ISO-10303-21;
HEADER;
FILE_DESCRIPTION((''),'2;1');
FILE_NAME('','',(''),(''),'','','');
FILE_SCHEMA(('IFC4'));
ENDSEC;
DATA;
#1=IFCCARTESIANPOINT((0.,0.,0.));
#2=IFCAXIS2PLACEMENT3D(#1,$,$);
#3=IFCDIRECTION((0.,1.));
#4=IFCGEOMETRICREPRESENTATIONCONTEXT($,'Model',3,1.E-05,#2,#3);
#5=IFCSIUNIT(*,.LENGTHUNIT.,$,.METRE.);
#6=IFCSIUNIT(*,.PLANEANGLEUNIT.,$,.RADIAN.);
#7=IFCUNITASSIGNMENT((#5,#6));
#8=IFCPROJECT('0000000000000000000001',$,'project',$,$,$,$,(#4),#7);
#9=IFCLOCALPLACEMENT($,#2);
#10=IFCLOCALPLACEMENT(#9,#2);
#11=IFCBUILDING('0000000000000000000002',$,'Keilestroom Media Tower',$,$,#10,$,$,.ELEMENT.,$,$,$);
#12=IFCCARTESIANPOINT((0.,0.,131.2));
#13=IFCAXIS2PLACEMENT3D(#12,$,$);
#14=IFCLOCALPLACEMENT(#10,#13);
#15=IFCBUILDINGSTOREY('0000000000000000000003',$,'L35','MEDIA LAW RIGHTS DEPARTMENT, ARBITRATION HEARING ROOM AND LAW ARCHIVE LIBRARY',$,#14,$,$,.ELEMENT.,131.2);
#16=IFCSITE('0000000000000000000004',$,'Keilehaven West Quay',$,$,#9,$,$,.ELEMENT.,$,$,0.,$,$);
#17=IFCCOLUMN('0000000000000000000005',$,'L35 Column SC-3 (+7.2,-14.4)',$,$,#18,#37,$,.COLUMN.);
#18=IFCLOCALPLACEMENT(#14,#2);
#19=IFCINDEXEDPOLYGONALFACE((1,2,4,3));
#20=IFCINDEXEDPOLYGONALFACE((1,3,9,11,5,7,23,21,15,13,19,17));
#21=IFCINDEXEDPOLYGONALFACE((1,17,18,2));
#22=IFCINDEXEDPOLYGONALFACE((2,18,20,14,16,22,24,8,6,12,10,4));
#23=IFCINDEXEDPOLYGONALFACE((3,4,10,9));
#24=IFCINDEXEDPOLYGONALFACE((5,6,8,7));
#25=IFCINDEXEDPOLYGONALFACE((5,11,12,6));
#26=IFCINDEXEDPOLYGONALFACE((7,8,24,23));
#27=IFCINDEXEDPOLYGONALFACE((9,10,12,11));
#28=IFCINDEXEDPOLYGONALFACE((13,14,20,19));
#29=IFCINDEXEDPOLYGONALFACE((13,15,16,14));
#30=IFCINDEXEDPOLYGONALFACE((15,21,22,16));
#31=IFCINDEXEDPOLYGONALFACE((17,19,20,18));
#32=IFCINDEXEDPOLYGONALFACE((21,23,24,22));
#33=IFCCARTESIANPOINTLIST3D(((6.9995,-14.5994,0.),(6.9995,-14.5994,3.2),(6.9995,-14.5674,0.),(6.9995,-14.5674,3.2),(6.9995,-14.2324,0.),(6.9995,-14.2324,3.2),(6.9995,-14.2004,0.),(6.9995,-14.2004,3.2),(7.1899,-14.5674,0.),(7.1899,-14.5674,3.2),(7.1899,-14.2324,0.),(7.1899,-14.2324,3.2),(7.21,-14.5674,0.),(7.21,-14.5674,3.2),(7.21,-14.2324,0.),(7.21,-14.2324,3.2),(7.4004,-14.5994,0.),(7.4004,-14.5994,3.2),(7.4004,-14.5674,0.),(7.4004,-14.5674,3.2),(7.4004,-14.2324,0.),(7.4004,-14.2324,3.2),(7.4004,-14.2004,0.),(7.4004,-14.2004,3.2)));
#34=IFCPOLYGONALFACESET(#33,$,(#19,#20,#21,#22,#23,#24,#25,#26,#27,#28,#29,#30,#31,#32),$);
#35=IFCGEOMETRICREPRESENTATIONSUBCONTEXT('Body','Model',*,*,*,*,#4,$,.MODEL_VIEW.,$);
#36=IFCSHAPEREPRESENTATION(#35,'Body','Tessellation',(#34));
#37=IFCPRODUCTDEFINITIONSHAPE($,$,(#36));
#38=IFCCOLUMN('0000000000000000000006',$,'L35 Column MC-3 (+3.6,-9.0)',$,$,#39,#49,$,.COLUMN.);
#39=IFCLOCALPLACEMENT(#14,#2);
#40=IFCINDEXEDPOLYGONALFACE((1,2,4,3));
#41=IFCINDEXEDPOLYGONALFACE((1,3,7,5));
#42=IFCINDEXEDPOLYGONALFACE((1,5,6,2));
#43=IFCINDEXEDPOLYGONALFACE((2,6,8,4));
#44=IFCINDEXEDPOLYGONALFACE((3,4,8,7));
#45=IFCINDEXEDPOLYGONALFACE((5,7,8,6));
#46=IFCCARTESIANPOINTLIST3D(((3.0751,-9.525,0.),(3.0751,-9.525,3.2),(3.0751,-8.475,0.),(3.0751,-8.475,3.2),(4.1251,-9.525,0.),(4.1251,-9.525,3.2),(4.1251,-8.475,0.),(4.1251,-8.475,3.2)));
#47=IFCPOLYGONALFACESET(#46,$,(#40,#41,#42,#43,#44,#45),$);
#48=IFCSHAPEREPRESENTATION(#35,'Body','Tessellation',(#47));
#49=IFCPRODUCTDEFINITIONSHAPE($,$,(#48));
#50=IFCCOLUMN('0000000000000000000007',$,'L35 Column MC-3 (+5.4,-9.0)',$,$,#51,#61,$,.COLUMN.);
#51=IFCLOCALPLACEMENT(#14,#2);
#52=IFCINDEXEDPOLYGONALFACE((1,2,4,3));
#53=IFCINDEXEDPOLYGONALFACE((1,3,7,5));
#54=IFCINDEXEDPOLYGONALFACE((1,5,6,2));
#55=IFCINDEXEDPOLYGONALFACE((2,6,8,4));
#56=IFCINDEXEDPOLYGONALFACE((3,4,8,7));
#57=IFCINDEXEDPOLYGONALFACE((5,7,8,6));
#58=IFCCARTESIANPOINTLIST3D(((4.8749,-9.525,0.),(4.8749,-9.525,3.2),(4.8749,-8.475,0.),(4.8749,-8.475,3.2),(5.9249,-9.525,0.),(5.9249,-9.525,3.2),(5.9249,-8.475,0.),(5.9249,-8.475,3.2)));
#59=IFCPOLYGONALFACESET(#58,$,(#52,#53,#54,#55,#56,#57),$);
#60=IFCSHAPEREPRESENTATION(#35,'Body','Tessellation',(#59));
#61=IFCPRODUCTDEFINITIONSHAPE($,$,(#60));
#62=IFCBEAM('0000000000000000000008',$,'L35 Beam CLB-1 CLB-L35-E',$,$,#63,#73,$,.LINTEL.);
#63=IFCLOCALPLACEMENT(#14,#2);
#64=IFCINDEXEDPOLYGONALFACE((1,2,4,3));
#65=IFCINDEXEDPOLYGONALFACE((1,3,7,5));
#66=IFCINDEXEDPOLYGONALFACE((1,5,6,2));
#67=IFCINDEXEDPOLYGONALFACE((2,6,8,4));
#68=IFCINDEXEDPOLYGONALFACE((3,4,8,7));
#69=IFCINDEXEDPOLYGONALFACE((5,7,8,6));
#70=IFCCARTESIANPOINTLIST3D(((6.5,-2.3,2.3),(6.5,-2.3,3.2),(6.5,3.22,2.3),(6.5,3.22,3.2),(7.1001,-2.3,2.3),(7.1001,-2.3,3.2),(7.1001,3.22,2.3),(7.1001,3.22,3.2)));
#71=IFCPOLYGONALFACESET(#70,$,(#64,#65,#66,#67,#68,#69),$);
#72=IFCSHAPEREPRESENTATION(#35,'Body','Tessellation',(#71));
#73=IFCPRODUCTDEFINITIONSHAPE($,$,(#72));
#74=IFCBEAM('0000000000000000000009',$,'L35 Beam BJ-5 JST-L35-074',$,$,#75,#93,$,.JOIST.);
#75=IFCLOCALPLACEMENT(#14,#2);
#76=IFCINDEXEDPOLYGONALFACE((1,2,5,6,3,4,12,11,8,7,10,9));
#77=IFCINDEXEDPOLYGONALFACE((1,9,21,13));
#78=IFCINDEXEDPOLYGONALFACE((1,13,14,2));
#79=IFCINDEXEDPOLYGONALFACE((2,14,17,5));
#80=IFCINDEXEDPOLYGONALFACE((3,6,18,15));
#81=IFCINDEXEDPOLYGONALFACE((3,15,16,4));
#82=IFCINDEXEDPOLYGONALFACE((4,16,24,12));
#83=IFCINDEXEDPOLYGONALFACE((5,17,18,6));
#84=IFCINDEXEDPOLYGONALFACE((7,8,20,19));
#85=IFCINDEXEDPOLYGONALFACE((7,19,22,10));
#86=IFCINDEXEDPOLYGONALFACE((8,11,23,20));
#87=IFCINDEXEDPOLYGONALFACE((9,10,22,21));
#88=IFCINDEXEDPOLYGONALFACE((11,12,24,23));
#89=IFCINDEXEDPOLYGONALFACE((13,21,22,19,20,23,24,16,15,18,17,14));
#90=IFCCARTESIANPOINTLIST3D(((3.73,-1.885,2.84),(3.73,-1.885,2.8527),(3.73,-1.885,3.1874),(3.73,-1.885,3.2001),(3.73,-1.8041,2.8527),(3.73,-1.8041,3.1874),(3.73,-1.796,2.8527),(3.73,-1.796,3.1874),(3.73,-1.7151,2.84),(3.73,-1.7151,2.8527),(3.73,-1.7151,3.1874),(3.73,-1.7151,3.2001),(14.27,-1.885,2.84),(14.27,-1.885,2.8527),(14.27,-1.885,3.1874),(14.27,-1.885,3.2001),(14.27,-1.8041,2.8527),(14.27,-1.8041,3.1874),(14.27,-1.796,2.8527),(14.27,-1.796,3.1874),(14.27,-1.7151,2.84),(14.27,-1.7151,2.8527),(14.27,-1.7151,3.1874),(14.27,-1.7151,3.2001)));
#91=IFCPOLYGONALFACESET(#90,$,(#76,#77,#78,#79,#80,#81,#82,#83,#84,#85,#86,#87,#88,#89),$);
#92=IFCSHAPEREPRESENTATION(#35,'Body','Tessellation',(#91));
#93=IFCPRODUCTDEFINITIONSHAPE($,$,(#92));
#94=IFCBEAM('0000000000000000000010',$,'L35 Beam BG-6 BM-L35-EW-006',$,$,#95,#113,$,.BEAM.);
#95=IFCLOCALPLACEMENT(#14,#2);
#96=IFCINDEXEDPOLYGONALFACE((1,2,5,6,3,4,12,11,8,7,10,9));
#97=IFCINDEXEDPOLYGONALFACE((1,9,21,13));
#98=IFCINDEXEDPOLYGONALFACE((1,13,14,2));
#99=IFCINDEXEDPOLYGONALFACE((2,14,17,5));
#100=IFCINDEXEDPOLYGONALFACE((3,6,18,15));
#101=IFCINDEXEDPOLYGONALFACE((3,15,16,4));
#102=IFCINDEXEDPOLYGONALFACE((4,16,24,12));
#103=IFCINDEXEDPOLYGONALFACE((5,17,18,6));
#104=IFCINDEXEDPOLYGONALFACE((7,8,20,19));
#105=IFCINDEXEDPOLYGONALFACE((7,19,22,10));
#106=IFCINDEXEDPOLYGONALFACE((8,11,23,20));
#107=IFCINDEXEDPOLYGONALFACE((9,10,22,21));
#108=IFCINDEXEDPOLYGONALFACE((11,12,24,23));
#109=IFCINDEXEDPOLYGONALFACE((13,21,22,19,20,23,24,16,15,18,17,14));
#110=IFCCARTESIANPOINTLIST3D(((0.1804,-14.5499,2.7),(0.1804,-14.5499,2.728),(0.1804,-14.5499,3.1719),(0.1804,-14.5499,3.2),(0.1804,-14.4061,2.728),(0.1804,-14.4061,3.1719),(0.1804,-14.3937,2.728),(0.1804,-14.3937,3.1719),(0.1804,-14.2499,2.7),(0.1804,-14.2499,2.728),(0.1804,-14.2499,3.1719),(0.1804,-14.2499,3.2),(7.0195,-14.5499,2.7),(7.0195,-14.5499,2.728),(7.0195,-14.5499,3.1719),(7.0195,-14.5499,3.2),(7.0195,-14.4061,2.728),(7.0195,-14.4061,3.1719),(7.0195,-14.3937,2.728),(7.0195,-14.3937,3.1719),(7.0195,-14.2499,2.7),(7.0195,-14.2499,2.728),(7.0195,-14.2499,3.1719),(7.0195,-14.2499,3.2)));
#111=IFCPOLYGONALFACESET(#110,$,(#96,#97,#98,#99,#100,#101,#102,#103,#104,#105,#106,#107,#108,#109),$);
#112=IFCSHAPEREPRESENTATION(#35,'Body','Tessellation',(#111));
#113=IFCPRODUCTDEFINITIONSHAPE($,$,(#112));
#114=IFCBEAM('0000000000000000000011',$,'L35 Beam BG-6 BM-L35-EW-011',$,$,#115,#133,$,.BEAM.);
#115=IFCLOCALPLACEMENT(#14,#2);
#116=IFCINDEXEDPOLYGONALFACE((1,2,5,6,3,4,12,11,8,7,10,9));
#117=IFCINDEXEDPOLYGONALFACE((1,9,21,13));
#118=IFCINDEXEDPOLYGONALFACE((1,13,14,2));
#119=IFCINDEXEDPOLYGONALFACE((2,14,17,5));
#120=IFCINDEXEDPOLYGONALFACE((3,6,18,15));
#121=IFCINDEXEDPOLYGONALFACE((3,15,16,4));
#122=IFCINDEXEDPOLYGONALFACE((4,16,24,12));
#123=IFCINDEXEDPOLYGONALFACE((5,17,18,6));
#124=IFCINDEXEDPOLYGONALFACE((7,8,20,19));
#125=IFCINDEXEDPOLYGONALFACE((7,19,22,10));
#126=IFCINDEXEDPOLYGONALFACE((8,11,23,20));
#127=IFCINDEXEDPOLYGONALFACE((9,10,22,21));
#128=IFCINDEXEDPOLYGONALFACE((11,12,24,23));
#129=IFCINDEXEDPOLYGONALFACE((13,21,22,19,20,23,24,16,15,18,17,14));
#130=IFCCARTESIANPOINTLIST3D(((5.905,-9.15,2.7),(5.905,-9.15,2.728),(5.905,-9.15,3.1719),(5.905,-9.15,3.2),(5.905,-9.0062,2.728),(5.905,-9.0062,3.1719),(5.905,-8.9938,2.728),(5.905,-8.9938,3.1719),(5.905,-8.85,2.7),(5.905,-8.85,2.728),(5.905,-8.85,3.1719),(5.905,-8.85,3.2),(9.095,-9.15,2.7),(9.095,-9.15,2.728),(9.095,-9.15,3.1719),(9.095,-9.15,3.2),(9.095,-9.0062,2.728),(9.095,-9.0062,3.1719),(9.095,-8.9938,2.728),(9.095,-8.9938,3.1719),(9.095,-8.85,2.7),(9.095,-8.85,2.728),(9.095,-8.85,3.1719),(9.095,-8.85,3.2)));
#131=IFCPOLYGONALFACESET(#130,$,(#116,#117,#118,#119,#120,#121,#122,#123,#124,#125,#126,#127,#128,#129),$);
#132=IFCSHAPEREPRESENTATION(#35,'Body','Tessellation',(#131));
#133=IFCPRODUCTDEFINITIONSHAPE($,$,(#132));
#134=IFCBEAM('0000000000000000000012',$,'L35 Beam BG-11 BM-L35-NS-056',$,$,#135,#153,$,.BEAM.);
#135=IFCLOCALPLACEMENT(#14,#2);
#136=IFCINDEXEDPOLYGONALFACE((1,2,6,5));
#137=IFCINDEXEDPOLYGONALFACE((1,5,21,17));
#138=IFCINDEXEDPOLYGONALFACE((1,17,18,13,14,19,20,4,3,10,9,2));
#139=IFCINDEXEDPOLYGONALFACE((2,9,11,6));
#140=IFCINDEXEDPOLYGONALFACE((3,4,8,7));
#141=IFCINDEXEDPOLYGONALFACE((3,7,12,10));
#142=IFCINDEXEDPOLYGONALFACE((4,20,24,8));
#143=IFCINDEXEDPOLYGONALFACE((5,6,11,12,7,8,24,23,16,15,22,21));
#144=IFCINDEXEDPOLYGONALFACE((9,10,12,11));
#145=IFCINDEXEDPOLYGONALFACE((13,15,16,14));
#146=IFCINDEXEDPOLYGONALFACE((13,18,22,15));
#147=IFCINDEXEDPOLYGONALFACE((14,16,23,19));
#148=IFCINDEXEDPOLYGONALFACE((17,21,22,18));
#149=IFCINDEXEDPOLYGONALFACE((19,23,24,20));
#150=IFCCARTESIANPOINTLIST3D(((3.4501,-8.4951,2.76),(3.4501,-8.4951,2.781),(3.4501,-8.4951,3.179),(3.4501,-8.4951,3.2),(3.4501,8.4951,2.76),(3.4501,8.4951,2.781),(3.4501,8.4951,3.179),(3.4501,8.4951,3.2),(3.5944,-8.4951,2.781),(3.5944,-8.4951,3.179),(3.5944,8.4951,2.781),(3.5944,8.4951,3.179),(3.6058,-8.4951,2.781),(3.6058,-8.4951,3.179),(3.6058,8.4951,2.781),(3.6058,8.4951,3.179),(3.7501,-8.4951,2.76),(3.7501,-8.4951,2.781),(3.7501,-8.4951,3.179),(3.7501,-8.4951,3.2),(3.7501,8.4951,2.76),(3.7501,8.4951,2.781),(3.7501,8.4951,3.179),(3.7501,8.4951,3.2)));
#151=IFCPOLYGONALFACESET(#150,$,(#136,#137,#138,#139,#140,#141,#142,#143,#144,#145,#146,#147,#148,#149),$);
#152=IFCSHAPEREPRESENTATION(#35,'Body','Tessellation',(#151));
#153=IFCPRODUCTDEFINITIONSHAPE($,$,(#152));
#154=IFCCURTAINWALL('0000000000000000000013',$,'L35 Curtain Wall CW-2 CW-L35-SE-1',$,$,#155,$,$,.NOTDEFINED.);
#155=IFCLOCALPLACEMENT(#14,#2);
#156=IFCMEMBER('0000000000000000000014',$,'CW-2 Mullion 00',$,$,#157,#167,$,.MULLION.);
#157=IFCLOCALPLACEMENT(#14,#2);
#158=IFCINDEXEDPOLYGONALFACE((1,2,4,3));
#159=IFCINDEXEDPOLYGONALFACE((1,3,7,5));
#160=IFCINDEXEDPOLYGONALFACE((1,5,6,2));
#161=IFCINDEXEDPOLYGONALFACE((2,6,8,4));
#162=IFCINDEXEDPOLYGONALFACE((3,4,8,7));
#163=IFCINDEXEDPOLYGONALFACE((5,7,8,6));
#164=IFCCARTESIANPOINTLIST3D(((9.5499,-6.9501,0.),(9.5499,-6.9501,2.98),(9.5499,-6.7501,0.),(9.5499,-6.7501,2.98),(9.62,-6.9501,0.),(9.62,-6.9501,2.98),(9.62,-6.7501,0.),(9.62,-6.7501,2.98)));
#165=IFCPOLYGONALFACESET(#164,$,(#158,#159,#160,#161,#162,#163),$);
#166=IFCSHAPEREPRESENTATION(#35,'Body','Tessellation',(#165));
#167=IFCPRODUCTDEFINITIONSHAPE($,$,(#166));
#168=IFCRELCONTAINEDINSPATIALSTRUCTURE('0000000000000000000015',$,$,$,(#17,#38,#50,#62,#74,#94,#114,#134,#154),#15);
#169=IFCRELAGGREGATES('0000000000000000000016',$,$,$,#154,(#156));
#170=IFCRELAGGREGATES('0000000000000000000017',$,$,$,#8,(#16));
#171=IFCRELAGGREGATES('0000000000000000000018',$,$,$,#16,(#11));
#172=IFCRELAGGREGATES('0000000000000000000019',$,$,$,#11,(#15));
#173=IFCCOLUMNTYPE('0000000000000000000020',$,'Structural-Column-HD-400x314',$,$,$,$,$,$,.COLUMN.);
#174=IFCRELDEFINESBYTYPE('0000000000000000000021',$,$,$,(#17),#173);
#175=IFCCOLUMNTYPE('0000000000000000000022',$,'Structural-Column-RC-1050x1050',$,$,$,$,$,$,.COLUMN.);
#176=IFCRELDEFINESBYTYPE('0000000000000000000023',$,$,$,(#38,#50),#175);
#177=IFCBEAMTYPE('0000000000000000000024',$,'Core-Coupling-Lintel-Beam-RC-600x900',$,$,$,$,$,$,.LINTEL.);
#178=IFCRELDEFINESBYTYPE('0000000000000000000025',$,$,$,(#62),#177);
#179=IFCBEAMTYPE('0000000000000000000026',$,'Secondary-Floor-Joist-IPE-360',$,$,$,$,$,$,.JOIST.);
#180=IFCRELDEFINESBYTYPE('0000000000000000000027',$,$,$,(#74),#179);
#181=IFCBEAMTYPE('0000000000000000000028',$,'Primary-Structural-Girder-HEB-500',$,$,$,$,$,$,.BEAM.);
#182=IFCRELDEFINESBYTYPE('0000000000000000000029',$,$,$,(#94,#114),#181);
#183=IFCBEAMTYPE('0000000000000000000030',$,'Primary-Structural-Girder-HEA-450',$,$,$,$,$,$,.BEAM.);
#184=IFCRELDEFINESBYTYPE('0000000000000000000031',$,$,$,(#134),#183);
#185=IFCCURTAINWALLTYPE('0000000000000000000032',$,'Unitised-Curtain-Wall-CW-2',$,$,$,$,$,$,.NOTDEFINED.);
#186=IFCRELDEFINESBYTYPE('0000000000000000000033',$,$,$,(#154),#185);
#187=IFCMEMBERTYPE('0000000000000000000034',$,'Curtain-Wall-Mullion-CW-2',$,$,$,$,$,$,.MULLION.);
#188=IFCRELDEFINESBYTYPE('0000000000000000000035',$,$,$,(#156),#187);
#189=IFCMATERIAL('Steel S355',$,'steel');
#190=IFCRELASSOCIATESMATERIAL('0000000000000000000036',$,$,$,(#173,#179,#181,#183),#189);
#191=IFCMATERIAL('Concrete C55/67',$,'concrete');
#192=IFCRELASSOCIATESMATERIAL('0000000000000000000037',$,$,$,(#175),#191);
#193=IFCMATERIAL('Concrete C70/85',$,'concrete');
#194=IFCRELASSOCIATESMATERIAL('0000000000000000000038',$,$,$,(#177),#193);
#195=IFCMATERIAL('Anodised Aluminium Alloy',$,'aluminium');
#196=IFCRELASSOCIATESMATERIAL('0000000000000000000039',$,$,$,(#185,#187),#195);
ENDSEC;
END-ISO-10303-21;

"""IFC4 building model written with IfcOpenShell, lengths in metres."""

from ifc_helpers import new_model, si_unit, direction, frame, origin, origin_2d, place, context, subcontext, project, spatial, rectangle, i_section, extrude, source, transform, mapped, material, material_profile, profile_set, type_object, element, aggregate, save


model = new_model("IFC4")

# Units and contexts
model_context = context("Model", 3, precision=1e-05, world=origin(), true_north=direction((0.0, 1.0)))
body_context = subcontext(model_context, "Body", "Model", "MODEL_VIEW")
ifc_project = project(units=[si_unit("LENGTHUNIT", "METRE"), si_unit("PLANEANGLEUNIT", "RADIAN")], contexts=[model_context])

# Site, building, storey
site_placement = place(None, origin())
site = spatial("IfcSite", under=ifc_project, at=site_placement, Name="Keilehaven West Quay", CompositionType="ELEMENT", RefElevation=0.0)
building_placement = place(site_placement, origin())
building = spatial("IfcBuilding", under=site, at=building_placement, Name="Keilestroom Media Tower", CompositionType="ELEMENT")
storey_placement = place(building_placement, frame((0.0, 0.0, 131.2)))
storey = spatial("IfcBuildingStorey", under=building, at=storey_placement, Name="L35", Description="MEDIA LAW RIGHTS DEPARTMENT, ARBITRATION HEARING ROOM AND LAW ARCHIVE LIBRARY", CompositionType="ELEMENT", Elevation=131.2)

# Columns
ifc_material_1 = material(Name="Steel S355", Category="steel")
ifc_material_profile_1 = material_profile(ifc_material_1, i_section(OverallWidth=0.4009, OverallDepth=0.3989, WebThickness=0.02, FlangeThickness=0.032, at=origin_2d()), Name="HD 400x314")
ifc_profile_set_1 = profile_set([ifc_material_profile_1], Name="Steel S355")
column_type_1 = type_object("IfcColumnType", Name="Structural-Column-HD-400x314", PredefinedType="COLUMN", material=ifc_profile_set_1)
shared_shape_1 = source(origin(), body_context, "Body", "SweptSolid", [
    extrude(i_section(OverallWidth=0.4009, OverallDepth=0.3989, WebThickness=0.02, FlangeThickness=0.032, at=origin_2d()), origin(), (0.0, 0.0, 1.0), 3.2),
])
column_placement = place(storey_placement, frame((7.2, -14.3999, 0.0), z_axis=(0.0, 0.0, 1.0), x_axis=(1.0, 0.0, 0.0)))
element("IfcColumn", 1, at=column_placement, inside=storey, type_object=column_type_1, Name="L35 Column SC-3 (+7.2,-14.4)", PredefinedType="COLUMN", context=body_context, shape_type="MappedRepresentation", body=[
    mapped(shared_shape_1, transform((0.0, 0.0, 0.0), x_axis=(1.0, 0.0, 0.0), y_axis=(0.0, 1.0, 0.0), z_axis=(0.0, 0.0, 1.0), scale=1.0)),
])
ifc_material_2 = material(Name="Concrete C55/67", Category="concrete")
ifc_material_profile_2 = material_profile(ifc_material_2, rectangle(XDim=1.05, YDim=1.05, at=origin_2d()), Name="RC 1050x1050")
ifc_profile_set_2 = profile_set([ifc_material_profile_2], Name="Concrete C55/67")
column_type_2 = type_object("IfcColumnType", Name="Structural-Column-RC-1050x1050", PredefinedType="COLUMN", material=ifc_profile_set_2)
shared_shape_2 = source(origin(), body_context, "Body", "SweptSolid", [
    extrude(rectangle(XDim=1.05, YDim=1.05, at=origin_2d()), origin(), (0.0, 0.0, 1.0), 3.2),
])
for number, where, z_axis, x_axis, name in (
    (2, (3.6001, -9.0, 0.0), (0.0, 0.0, 1.0), (1.0, 0.0, 0.0), "L35 Column MC-3 (+3.6,-9.0)"),
    (3, (5.3999, -9.0, 0.0), (0.0, 0.0, 1.0), (1.0, 0.0, 0.0), "L35 Column MC-3 (+5.4,-9.0)"),
):
    element("IfcColumn", number, at=place(storey_placement, frame(where, z_axis=z_axis, x_axis=x_axis)), inside=storey, type_object=column_type_2, Name=name, PredefinedType="COLUMN", context=body_context, shape_type="MappedRepresentation", body=[
        mapped(shared_shape_2, transform((0.0, 0.0, 0.0), x_axis=(1.0, 0.0, 0.0), y_axis=(0.0, 1.0, 0.0), z_axis=(0.0, 0.0, 1.0), scale=1.0)),
    ])

# Beams
ifc_material_3 = material(Name="Concrete C70/85", Category="concrete")
ifc_material_profile_3 = material_profile(ifc_material_3, rectangle(XDim=0.6001, YDim=0.8999, at=origin_2d()), Name="RC 600x900")
ifc_profile_set_3 = profile_set([ifc_material_profile_3], Name="Concrete C70/85")
beam_type_1 = type_object("IfcBeamType", Name="Core-Coupling-Lintel-Beam-RC-600x900", PredefinedType="LINTEL", material=ifc_profile_set_3)
shared_shape_3 = source(origin(), body_context, "Body", "SweptSolid", [
    extrude(rectangle(XDim=0.6001, YDim=0.8999, at=origin_2d()), origin(), (0.0, 0.0, 1.0), 5.52),
])
beam_1_placement = place(storey_placement, frame((6.8, -2.3, 2.75), z_axis=(0.0, 1.0, 0.0), x_axis=(-1.0, 0.0, 0.0)))
element("IfcBeam", 4, at=beam_1_placement, inside=storey, type_object=beam_type_1, Name="L35 Beam CLB-1 CLB-L35-E", PredefinedType="LINTEL", context=body_context, shape_type="MappedRepresentation", body=[
    mapped(shared_shape_3, transform((0.0, 0.0, 0.0), x_axis=(1.0, 0.0, 0.0), y_axis=(0.0, 1.0, 0.0), z_axis=(0.0, 0.0, 1.0), scale=1.0)),
])
ifc_material_profile_4 = material_profile(ifc_material_1, i_section(OverallWidth=0.1699, OverallDepth=0.3601, WebThickness=0.0081, FlangeThickness=0.0127, at=origin_2d()), Name="IPE 360")
ifc_profile_set_4 = profile_set([ifc_material_profile_4], Name="Steel S355")
beam_type_2 = type_object("IfcBeamType", Name="Secondary-Floor-Joist-IPE-360", PredefinedType="JOIST", material=ifc_profile_set_4)
shared_shape_4 = source(origin(), body_context, "Body", "SweptSolid", [
    extrude(i_section(OverallWidth=0.1699, OverallDepth=0.3601, WebThickness=0.0081, FlangeThickness=0.0127, at=origin_2d()), origin(), (0.0, 0.0, 1.0), 10.54),
])
beam_2_placement = place(storey_placement, frame((3.73, -1.8, 3.02), z_axis=(1.0, 0.0, 0.0), x_axis=(0.0, 1.0, 0.0)))
element("IfcBeam", 5, at=beam_2_placement, inside=storey, type_object=beam_type_2, Name="L35 Beam BJ-5 JST-L35-074", PredefinedType="JOIST", context=body_context, shape_type="MappedRepresentation", body=[
    mapped(shared_shape_4, transform((0.0, 0.0, 0.0), x_axis=(1.0, 0.0, 0.0), y_axis=(0.0, 1.0, 0.0), z_axis=(0.0, 0.0, 1.0), scale=1.0)),
])
ifc_material_profile_5 = material_profile(ifc_material_1, i_section(OverallWidth=0.3, OverallDepth=0.5, WebThickness=0.0125, FlangeThickness=0.0281, at=origin_2d()), Name="HEB 500")
ifc_profile_set_5 = profile_set([ifc_material_profile_5], Name="Steel S355")
beam_type_3 = type_object("IfcBeamType", Name="Primary-Structural-Girder-HEB-500", PredefinedType="BEAM", material=ifc_profile_set_5)
shared_shape_5 = source(origin(), body_context, "Body", "SweptSolid", [
    extrude(i_section(OverallWidth=0.3, OverallDepth=0.5, WebThickness=0.0125, FlangeThickness=0.0281, at=origin_2d()), origin(), (0.0, 0.0, 1.0), 6.8391),
])
beam_3_placement = place(storey_placement, frame((0.1804, -14.3999, 2.95), z_axis=(1.0, 0.0, 0.0), x_axis=(0.0, 1.0, 0.0)))
element("IfcBeam", 6, at=beam_3_placement, inside=storey, type_object=beam_type_3, Name="L35 Beam BG-6 BM-L35-EW-006", PredefinedType="BEAM", context=body_context, shape_type="MappedRepresentation", body=[
    mapped(shared_shape_5, transform((0.0, 0.0, 0.0), x_axis=(1.0, 0.0, 0.0), y_axis=(0.0, 1.0, 0.0), z_axis=(0.0, 0.0, 1.0), scale=1.0)),
])
shared_shape_6 = source(origin(), body_context, "Body", "SweptSolid", [
    extrude(i_section(OverallWidth=0.3, OverallDepth=0.5, WebThickness=0.0125, FlangeThickness=0.0281, at=origin_2d()), origin(), (0.0, 0.0, 1.0), 3.1899),
])
beam_4_placement = place(storey_placement, frame((5.905, -9.0, 2.95), z_axis=(1.0, 0.0, 0.0), x_axis=(0.0, 1.0, 0.0)))
element("IfcBeam", 7, at=beam_4_placement, inside=storey, type_object=beam_type_3, Name="L35 Beam BG-6 BM-L35-EW-011", PredefinedType="BEAM", context=body_context, shape_type="MappedRepresentation", body=[
    mapped(shared_shape_6, transform((0.0, 0.0, 0.0), x_axis=(1.0, 0.0, 0.0), y_axis=(0.0, 1.0, 0.0), z_axis=(0.0, 0.0, 1.0), scale=1.0)),
])
ifc_material_profile_6 = material_profile(ifc_material_1, i_section(OverallWidth=0.3, OverallDepth=0.4399, WebThickness=0.0115, FlangeThickness=0.021, at=origin_2d()), Name="HEA 450")
ifc_profile_set_6 = profile_set([ifc_material_profile_6], Name="Steel S355")
beam_type_4 = type_object("IfcBeamType", Name="Primary-Structural-Girder-HEA-450", PredefinedType="BEAM", material=ifc_profile_set_6)
shared_shape_7 = source(origin(), body_context, "Body", "SweptSolid", [
    extrude(i_section(OverallWidth=0.3, OverallDepth=0.4399, WebThickness=0.0115, FlangeThickness=0.021, at=origin_2d()), origin(), (0.0, 0.0, 1.0), 16.9902),
])
beam_5_placement = place(storey_placement, frame((3.6001, -8.4951, 2.98), z_axis=(0.0, 1.0, 0.0), x_axis=(-1.0, 0.0, 0.0)))
element("IfcBeam", 8, at=beam_5_placement, inside=storey, type_object=beam_type_4, Name="L35 Beam BG-11 BM-L35-NS-056", PredefinedType="BEAM", context=body_context, shape_type="MappedRepresentation", body=[
    mapped(shared_shape_7, transform((0.0, 0.0, 0.0), x_axis=(1.0, 0.0, 0.0), y_axis=(0.0, 1.0, 0.0), z_axis=(0.0, 0.0, 1.0), scale=1.0)),
])

# Curtain wall, member
ifc_material_4 = material(Name="Anodised Aluminium Alloy", Category="aluminium")
curtain_wall_type = type_object("IfcCurtainWallType", Name="Unitised-Curtain-Wall-CW-2", PredefinedType="NOTDEFINED", material=ifc_material_4)
curtain_wall_placement = place(storey_placement, origin())
curtain_wall = element("IfcCurtainWall", 9, at=curtain_wall_placement, inside=storey, type_object=curtain_wall_type, Name="L35 Curtain Wall CW-2 CW-L35-SE-1", PredefinedType="NOTDEFINED")
ifc_material_profile_7 = material_profile(ifc_material_4, rectangle(XDim=0.0701, YDim=0.2, at=origin_2d()), Name="ALU MULLION 70x200")
ifc_profile_set_7 = profile_set([ifc_material_profile_7], Name="Anodised Aluminium Alloy")
member_type = type_object("IfcMemberType", Name="Curtain-Wall-Mullion-CW-2", PredefinedType="MULLION", material=ifc_profile_set_7)
shared_shape_8 = source(origin(), body_context, "Body", "SweptSolid", [
    extrude(rectangle(XDim=0.0701, YDim=0.2, at=origin_2d()), origin(), (0.0, 0.0, 1.0), 2.98),
])
member_placement = place(storey_placement, frame((9.585, -6.8501, 0.0), z_axis=(0.0, 0.0, 1.0), x_axis=(1.0, 0.0, 0.0)))
member = element("IfcMember", 10, at=member_placement, type_object=member_type, Name="CW-2 Mullion 00", PredefinedType="MULLION", context=body_context, shape_type="MappedRepresentation", body=[
    mapped(shared_shape_8, transform((0.0, 0.0, 0.0), x_axis=(1.0, 0.0, 0.0), y_axis=(0.0, 1.0, 0.0), z_axis=(0.0, 0.0, 1.0), scale=1.0)),
])
aggregate(curtain_wall, [member])

save(model, "model.ifc")
